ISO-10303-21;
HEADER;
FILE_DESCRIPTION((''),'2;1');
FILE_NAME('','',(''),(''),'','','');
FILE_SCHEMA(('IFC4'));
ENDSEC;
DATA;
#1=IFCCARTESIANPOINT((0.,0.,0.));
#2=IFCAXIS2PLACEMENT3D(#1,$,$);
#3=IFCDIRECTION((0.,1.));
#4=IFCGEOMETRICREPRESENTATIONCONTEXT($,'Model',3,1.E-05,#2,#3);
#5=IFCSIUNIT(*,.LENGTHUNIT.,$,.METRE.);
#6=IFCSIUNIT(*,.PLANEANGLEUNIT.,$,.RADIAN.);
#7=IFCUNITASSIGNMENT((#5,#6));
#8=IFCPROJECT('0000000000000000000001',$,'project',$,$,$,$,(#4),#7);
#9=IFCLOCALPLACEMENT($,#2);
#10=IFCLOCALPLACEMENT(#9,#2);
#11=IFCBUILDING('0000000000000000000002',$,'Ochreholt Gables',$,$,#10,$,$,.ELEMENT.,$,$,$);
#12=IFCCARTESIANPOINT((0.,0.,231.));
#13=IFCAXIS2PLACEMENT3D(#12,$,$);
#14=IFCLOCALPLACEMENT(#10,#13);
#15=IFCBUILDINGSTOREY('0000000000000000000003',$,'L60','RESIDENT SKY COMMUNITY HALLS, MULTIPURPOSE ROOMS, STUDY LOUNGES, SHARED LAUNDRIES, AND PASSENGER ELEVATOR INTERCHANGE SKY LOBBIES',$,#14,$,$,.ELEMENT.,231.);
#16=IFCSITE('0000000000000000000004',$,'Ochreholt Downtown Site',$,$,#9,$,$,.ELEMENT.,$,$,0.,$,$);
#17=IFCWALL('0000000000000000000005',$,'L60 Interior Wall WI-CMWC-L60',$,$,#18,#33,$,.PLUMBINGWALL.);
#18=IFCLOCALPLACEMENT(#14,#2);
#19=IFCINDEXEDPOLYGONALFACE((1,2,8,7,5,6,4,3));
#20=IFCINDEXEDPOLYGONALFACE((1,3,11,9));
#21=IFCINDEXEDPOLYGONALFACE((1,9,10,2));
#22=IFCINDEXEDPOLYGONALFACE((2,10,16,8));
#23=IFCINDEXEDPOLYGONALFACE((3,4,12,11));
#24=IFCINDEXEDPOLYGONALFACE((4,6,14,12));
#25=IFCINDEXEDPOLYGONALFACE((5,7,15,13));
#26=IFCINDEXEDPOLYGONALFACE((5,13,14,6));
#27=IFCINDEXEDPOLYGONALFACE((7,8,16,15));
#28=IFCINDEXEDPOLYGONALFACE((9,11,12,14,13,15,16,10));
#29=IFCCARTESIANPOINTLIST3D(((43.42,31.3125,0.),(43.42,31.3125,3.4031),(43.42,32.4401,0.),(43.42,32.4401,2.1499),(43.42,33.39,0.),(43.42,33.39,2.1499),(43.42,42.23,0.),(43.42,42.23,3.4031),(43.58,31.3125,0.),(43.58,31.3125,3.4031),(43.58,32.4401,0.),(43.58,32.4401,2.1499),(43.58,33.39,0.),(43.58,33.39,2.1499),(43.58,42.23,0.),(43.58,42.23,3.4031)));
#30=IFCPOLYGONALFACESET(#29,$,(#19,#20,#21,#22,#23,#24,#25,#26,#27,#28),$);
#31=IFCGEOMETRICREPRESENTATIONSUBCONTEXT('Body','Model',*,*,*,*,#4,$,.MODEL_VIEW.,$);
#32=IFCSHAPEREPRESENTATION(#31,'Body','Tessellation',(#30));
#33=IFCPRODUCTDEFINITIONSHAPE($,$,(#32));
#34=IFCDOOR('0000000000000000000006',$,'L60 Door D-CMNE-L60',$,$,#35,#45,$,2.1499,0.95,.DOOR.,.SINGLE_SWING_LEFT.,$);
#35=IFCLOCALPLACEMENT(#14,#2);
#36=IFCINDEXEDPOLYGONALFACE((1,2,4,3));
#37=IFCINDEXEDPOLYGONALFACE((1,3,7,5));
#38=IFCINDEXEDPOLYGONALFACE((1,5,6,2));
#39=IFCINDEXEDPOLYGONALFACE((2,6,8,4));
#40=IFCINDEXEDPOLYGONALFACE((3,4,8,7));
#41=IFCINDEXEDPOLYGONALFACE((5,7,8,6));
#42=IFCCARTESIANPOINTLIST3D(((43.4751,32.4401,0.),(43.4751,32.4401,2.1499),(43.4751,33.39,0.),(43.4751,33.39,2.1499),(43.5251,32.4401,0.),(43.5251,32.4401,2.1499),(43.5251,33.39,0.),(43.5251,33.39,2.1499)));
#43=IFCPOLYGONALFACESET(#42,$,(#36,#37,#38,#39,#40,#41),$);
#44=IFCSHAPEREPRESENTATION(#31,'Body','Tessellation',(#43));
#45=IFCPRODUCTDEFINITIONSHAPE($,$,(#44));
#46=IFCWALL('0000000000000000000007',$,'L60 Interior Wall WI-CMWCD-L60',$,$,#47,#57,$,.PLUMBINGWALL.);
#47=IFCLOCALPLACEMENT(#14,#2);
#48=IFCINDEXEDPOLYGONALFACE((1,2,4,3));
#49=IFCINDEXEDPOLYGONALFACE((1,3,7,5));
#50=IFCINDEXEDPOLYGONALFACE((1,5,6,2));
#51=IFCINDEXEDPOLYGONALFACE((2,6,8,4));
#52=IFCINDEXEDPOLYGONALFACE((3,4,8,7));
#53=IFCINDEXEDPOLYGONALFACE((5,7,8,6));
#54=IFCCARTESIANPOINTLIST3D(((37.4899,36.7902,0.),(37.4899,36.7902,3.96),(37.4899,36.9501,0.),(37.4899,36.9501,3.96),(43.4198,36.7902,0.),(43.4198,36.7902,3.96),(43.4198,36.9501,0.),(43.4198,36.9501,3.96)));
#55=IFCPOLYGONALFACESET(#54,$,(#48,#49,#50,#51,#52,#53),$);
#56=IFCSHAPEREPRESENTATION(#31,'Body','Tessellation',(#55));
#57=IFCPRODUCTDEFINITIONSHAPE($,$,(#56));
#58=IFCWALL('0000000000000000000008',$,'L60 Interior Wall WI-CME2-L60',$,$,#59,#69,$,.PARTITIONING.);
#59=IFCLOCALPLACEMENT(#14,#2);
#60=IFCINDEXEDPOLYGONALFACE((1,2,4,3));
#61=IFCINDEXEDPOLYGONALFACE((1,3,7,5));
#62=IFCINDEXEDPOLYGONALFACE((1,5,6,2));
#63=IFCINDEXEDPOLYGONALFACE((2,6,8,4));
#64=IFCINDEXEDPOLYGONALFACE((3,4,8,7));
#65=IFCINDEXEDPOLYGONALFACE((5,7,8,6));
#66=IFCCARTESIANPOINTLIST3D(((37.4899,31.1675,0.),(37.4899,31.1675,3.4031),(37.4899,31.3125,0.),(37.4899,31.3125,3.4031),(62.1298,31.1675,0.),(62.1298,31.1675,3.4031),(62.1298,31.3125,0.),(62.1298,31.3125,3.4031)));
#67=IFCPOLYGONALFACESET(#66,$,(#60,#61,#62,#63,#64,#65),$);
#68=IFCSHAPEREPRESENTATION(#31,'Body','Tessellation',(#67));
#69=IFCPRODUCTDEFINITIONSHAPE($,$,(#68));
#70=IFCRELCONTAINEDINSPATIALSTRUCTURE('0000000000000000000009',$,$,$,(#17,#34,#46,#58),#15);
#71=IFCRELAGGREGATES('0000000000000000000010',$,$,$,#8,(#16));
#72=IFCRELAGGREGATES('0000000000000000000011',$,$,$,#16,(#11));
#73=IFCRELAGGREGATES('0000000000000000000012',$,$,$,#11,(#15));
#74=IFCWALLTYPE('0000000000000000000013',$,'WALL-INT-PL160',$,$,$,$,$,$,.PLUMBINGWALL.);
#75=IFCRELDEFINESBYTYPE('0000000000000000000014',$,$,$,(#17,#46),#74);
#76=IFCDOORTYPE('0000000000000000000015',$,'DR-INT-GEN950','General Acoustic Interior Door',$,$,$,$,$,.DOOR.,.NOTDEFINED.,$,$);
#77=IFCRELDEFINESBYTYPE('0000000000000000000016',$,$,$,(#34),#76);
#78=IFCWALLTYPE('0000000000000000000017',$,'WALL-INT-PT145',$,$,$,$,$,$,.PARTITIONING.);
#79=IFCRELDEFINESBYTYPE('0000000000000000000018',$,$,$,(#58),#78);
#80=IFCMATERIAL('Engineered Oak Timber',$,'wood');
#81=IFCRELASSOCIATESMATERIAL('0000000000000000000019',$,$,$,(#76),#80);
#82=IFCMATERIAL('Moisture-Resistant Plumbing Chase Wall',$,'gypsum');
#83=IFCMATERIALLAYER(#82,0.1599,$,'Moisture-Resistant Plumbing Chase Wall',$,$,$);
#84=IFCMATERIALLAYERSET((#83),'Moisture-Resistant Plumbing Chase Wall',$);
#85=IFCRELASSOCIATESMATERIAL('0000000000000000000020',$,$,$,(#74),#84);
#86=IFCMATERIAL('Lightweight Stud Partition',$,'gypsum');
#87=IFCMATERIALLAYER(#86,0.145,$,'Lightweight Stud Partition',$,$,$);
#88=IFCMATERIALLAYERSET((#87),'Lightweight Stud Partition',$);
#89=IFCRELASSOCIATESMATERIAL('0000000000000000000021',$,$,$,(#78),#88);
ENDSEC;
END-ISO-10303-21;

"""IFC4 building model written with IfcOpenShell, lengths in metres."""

from ifc_helpers import new_model, si_unit, direction, frame, frame_2d, origin, place, context, subcontext, project, spatial, rectangle, extrude, material, layer, layer_set, type_object, element, fill, save


model = new_model("IFC4")

# Units and contexts
model_context = context("Model", 3, precision=1e-05, world=origin(), true_north=direction((0.0, 1.0)))
body_context = subcontext(model_context, "Body", "Model", "MODEL_VIEW")
ifc_project = project(units=[si_unit("LENGTHUNIT", "METRE"), si_unit("PLANEANGLEUNIT", "RADIAN")], contexts=[model_context])

# Site, building, storey
site_placement = place(None, origin())
site = spatial("IfcSite", under=ifc_project, at=site_placement, Name="Ochreholt Downtown Site", CompositionType="ELEMENT", RefElevation=0.0)
building_placement = place(site_placement, origin())
building = spatial("IfcBuilding", under=site, at=building_placement, Name="Ochreholt Gables", CompositionType="ELEMENT")
storey_placement = place(building_placement, frame((0.0, 0.0, 231.0)))
storey = spatial("IfcBuildingStorey", under=building, at=storey_placement, Name="L60", Description="RESIDENT SKY COMMUNITY HALLS, MULTIPURPOSE ROOMS, STUDY LOUNGES, SHARED LAUNDRIES, AND PASSENGER ELEVATOR INTERCHANGE SKY LOBBIES", CompositionType="ELEMENT", Elevation=231.0)

# Wall, opening, door
ifc_material_1 = material(Name="Engineered Oak Timber", Category="wood")
door_type = type_object("IfcDoorType", Name="DR-INT-GEN950", Description="General Acoustic Interior Door", OperationType="NOTDEFINED", PredefinedType="DOOR", material=ifc_material_1)
ifc_material_2 = material(Name="Moisture-Resistant Plumbing Chase Wall", Category="gypsum")
ifc_layer_1 = layer(ifc_material_2, 0.1599, Name="Moisture-Resistant Plumbing Chase Wall")
ifc_layer_set_1 = layer_set([ifc_layer_1], Name="Moisture-Resistant Plumbing Chase Wall")
wall_type_1 = type_object("IfcWallType", Name="WALL-INT-PL160", PredefinedType="PLUMBINGWALL", material=ifc_layer_set_1)
wall_1_placement = place(storey_placement, frame((43.5, 31.3125, 0.0), z_axis=(0.0, 0.0, 1.0), x_axis=(0.0, 1.0, 0.0)))
wall_1 = element("IfcWall", 1, at=wall_1_placement, inside=storey, type_object=wall_type_1, Name="L60 Interior Wall WI-CMWC-L60", PredefinedType="PLUMBINGWALL", context=body_context, shape_type="SweptSolid", body=[
    extrude(rectangle(XDim=10.9175, YDim=0.1599, at=frame_2d((5.4587, 0.0))), origin(), (0.0, 0.0, 1.0), 3.4031),
])
opening_1_placement = place(wall_1_placement, frame((1.1274, 0.0, 0.0)))
opening_1 = element("IfcOpeningElement", 2, at=opening_1_placement, cuts=wall_1, PredefinedType="OPENING", context=body_context, shape_type="SweptSolid", body=[
    extrude(rectangle(XDim=0.95, YDim=2.1499, at=frame_2d((0.4751, 1.075))), frame((0.0, 0.0898, 0.0), z_axis=(0.0, -1.0, 0.0), x_axis=(1.0, 0.0, 0.0)), (0.0, 0.0, 1.0), 0.1799),
])
door_1_placement = place(opening_1_placement, origin())
door_1 = element("IfcDoor", 3, at=door_1_placement, inside=storey, type_object=door_type, Name="L60 Door D-CMNE-L60", OperationType="SINGLE_SWING_LEFT", OverallHeight=2.1499, OverallWidth=0.95, PredefinedType="DOOR", context=body_context, shape_type="SweptSolid", body=[
    extrude(rectangle(XDim=0.95, YDim=2.1499, at=frame_2d((0.4751, 1.075))), frame((0.0, 0.0249, 0.0), z_axis=(0.0, -1.0, 0.0), x_axis=(1.0, 0.0, 0.0)), (0.0, 0.0, 1.0), 0.05),
])
fill(opening_1, door_1)

# Walls
wall_2_placement = place(storey_placement, frame((37.49, 36.8701, 0.0), z_axis=(0.0, 0.0, 1.0), x_axis=(1.0, 0.0, 0.0)))
element("IfcWall", 4, at=wall_2_placement, inside=storey, type_object=wall_type_1, Name="L60 Interior Wall WI-CMWCD-L60", PredefinedType="PLUMBINGWALL", context=body_context, shape_type="SweptSolid", body=[
    extrude(rectangle(XDim=5.9299, YDim=0.1599, at=frame_2d((2.9648, 0.0))), origin(), (0.0, 0.0, 1.0), 3.96),
])
ifc_material_3 = material(Name="Lightweight Stud Partition", Category="gypsum")
ifc_layer_2 = layer(ifc_material_3, 0.145, Name="Lightweight Stud Partition")
ifc_layer_set_2 = layer_set([ifc_layer_2], Name="Lightweight Stud Partition")
wall_type_2 = type_object("IfcWallType", Name="WALL-INT-PT145", PredefinedType="PARTITIONING", material=ifc_layer_set_2)
wall_3_placement = place(storey_placement, frame((37.49, 31.24, 0.0), z_axis=(0.0, 0.0, 1.0), x_axis=(1.0, 0.0, 0.0)))
element("IfcWall", 5, at=wall_3_placement, inside=storey, type_object=wall_type_2, Name="L60 Interior Wall WI-CME2-L60", PredefinedType="PARTITIONING", context=body_context, shape_type="SweptSolid", body=[
    extrude(rectangle(XDim=24.6399, YDim=0.145, at=frame_2d((12.3198, 0.0))), origin(), (0.0, 0.0, 1.0), 3.4031),
])

save(model, "model.ifc")
